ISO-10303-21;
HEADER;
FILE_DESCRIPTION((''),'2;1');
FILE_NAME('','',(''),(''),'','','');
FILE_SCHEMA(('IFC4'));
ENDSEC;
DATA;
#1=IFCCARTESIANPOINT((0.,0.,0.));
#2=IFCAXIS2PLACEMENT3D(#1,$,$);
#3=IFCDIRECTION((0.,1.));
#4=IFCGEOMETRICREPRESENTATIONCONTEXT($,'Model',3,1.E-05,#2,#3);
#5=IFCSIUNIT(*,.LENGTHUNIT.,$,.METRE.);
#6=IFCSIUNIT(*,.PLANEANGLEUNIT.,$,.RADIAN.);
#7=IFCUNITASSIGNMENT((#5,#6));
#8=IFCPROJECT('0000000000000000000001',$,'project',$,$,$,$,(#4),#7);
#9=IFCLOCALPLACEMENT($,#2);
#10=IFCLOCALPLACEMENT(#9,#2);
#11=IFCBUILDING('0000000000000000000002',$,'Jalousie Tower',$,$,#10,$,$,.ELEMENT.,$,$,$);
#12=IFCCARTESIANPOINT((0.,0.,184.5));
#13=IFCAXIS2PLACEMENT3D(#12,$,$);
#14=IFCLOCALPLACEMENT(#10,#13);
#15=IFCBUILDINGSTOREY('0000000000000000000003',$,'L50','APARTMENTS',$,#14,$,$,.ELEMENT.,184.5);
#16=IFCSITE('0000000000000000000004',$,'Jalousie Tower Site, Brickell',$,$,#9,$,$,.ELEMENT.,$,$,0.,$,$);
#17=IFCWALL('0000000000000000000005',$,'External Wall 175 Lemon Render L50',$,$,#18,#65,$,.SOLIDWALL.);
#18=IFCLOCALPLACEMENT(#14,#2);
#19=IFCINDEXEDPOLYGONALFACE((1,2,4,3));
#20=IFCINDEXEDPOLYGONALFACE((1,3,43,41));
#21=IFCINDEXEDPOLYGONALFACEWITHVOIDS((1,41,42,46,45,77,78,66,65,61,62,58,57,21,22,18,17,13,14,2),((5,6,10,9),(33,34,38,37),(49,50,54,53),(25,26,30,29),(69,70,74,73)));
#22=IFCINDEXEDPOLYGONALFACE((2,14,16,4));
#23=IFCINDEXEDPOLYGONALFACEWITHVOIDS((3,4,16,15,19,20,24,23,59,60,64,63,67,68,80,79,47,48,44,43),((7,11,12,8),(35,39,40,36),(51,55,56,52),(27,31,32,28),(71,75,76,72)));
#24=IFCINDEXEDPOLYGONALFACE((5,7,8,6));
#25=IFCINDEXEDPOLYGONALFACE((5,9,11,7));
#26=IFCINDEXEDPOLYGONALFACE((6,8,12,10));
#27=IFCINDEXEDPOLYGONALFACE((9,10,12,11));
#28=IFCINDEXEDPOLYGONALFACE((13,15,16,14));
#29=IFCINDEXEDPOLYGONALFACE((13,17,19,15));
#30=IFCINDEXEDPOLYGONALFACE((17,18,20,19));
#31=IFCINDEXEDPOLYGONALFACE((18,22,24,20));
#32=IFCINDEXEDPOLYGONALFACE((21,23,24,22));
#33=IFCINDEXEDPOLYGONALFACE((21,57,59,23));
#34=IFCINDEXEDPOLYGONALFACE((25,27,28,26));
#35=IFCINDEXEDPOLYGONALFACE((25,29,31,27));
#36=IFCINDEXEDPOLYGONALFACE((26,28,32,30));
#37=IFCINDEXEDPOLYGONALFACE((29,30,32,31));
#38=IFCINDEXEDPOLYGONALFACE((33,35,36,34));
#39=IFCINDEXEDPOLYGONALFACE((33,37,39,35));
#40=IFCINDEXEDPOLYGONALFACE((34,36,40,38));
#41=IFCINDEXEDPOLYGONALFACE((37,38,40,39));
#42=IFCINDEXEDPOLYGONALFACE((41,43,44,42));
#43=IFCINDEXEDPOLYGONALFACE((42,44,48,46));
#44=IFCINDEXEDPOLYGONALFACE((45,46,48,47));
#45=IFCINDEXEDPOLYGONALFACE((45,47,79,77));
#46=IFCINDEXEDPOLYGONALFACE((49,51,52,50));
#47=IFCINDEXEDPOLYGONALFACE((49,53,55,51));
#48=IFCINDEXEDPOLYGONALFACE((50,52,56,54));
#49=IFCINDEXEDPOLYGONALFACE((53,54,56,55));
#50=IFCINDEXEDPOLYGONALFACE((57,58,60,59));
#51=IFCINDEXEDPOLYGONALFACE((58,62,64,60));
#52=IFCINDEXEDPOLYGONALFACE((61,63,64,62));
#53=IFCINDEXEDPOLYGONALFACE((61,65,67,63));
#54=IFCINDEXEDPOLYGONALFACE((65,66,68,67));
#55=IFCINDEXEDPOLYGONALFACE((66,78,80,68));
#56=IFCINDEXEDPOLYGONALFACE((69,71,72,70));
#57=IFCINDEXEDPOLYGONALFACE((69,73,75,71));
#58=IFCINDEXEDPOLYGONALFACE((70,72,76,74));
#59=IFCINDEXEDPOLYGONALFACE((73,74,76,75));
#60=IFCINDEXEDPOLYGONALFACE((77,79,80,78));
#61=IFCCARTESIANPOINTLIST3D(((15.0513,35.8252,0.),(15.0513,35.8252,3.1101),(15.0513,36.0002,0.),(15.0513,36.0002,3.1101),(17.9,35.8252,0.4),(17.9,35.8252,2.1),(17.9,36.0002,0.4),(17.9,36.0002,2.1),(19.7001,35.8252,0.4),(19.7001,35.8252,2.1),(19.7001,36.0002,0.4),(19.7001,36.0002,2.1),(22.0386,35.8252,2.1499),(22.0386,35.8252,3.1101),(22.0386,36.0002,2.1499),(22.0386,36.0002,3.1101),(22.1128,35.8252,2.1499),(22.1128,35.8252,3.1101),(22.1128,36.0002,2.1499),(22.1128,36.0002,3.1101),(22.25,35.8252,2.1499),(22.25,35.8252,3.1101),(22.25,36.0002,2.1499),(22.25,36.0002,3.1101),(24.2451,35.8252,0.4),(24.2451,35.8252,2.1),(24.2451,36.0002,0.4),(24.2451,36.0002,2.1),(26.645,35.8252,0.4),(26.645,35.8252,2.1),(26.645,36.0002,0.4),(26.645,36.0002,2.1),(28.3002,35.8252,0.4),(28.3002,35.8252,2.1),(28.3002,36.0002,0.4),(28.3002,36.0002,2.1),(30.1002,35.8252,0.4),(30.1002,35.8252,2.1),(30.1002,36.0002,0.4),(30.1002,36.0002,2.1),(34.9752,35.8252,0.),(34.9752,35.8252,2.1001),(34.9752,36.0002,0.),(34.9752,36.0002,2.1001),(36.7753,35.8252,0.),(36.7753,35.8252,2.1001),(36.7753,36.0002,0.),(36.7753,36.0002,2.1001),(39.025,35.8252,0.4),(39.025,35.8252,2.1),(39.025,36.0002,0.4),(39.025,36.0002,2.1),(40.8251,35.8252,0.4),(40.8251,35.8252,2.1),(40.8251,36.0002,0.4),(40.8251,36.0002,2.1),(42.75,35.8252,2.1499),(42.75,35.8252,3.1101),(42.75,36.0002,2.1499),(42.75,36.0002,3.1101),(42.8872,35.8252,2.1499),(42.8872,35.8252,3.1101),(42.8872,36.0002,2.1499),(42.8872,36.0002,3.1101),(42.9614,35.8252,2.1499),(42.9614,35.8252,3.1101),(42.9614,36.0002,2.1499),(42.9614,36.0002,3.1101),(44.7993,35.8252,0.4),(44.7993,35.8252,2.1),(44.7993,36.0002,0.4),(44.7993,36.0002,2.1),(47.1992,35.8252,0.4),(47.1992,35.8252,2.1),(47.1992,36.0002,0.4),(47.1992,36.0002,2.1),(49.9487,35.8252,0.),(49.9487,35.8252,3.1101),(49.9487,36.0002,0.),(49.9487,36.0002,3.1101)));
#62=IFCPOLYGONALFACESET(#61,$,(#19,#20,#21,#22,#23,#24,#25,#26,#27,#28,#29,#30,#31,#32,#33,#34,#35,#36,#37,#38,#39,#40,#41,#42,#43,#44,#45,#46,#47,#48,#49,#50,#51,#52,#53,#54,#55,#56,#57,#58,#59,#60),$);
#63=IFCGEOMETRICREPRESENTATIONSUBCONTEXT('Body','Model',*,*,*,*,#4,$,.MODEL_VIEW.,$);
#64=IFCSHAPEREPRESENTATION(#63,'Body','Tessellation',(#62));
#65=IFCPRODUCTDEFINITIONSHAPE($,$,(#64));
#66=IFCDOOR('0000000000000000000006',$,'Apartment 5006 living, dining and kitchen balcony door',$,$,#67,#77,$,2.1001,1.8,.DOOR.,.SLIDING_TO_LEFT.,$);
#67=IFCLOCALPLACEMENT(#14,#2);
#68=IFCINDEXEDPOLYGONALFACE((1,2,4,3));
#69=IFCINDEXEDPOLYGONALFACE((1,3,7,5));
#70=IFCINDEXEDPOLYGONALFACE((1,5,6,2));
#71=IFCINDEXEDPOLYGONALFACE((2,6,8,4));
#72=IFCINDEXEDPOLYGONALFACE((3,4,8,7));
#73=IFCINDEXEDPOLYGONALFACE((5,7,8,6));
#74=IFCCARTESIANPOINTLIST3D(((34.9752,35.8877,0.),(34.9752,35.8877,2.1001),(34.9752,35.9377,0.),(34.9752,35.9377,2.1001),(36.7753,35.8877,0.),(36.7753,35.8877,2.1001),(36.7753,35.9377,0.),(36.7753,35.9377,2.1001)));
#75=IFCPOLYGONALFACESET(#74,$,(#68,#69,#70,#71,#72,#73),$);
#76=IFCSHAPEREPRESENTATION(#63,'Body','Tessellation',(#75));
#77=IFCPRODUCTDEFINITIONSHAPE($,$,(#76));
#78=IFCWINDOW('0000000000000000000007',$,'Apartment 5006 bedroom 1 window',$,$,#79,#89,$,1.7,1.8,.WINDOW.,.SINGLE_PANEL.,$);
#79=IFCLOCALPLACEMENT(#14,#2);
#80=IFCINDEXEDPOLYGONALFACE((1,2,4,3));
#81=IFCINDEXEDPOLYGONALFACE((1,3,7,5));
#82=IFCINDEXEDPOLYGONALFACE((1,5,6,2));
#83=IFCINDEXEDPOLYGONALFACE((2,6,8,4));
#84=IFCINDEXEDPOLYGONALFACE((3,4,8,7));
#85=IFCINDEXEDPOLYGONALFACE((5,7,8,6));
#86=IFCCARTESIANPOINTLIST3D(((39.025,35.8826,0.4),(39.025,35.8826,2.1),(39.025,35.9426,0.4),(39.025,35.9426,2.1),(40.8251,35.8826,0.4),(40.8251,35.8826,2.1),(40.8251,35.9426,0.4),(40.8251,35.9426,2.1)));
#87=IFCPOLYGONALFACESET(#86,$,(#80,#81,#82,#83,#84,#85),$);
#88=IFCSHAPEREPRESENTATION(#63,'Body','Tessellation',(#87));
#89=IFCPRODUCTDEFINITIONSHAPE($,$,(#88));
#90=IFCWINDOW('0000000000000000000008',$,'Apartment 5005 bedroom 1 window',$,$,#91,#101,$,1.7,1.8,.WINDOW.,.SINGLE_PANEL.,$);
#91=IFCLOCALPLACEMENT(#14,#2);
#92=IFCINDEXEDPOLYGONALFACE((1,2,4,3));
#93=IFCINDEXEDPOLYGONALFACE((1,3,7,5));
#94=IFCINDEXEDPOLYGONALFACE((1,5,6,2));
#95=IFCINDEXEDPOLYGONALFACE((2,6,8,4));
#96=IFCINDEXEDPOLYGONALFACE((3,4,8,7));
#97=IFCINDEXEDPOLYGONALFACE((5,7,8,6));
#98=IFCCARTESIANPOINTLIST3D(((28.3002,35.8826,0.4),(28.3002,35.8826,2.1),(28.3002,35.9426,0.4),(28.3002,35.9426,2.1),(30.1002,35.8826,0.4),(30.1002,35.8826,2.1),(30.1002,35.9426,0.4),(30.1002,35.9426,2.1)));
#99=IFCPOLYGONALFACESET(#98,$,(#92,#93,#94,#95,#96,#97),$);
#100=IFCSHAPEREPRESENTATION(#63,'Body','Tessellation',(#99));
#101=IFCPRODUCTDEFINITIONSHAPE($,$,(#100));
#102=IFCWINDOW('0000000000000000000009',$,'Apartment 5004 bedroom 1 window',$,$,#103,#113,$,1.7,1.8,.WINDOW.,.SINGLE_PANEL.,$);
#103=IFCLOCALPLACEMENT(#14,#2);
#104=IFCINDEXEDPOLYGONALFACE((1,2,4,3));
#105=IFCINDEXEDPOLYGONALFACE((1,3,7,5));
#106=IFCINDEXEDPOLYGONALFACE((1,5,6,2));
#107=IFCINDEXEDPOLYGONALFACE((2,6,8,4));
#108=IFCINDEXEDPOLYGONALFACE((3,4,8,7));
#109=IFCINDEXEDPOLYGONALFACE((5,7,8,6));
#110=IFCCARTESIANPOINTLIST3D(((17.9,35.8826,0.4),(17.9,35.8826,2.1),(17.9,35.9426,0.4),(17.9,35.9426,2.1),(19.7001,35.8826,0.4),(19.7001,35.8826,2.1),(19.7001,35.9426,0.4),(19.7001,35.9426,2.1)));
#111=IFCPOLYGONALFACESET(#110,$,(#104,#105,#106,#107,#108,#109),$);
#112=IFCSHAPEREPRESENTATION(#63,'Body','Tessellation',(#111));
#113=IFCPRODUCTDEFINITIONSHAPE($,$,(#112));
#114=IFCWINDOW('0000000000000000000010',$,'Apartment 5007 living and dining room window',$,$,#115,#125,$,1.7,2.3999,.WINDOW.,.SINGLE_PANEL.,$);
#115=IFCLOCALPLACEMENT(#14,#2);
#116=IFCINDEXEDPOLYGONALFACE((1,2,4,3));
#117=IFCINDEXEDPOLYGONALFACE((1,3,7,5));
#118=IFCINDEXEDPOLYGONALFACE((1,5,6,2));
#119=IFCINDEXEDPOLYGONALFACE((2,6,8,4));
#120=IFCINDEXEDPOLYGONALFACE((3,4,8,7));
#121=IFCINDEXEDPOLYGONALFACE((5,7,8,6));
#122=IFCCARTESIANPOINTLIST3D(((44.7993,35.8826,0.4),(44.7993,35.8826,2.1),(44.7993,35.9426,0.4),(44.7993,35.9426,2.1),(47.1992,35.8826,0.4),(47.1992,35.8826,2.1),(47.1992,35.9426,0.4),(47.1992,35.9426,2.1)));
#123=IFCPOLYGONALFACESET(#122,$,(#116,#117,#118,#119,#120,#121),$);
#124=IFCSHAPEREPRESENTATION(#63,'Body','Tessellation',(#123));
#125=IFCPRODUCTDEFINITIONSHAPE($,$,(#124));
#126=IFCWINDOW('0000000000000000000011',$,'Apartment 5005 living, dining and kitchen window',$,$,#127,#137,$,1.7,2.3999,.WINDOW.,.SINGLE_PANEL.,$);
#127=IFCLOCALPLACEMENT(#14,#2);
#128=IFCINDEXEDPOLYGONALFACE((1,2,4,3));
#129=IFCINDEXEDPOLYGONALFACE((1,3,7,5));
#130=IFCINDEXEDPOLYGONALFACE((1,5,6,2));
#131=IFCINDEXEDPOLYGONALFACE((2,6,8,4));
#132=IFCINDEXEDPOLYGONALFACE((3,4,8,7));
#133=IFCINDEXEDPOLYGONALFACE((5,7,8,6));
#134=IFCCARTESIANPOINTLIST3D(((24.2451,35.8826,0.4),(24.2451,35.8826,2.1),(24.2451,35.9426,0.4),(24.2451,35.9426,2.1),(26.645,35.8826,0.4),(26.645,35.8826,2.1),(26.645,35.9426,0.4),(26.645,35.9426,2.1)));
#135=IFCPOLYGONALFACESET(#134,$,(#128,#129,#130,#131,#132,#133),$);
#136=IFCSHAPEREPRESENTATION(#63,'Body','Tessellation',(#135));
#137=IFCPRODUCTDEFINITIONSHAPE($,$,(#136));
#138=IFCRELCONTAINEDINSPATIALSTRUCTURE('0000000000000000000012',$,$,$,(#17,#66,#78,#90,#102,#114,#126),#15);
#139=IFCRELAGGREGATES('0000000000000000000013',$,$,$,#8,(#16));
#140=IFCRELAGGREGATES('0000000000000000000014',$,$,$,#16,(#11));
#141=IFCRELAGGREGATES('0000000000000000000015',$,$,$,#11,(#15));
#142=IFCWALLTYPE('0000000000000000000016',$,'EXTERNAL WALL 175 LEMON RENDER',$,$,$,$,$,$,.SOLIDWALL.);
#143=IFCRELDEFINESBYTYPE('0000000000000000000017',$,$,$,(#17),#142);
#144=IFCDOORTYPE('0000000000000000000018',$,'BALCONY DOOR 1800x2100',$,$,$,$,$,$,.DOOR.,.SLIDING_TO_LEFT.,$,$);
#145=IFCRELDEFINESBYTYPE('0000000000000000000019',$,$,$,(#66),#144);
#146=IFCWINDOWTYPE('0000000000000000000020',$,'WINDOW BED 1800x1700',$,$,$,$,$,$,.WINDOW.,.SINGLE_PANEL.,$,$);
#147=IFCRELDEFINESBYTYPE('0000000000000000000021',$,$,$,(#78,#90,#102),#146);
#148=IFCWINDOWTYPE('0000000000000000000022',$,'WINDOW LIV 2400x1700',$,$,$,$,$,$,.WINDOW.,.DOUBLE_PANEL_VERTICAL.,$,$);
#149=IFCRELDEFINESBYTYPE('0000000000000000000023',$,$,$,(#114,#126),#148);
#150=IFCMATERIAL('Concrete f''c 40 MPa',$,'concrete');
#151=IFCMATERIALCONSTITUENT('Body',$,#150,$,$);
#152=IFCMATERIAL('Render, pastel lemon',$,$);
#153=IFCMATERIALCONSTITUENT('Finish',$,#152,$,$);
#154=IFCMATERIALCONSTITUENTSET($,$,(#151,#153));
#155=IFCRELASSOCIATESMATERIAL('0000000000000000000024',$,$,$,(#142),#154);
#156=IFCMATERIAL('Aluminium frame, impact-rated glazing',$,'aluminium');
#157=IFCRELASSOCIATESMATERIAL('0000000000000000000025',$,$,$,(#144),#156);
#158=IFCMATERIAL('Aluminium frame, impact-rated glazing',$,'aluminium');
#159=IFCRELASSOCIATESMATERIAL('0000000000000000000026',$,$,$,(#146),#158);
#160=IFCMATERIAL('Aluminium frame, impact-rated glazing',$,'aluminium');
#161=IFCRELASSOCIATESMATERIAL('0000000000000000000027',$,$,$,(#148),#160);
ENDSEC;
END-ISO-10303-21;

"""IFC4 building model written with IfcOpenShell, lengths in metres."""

from ifc_helpers import new_model, si_unit, direction, frame, frame_2d, origin, place, context, subcontext, project, spatial, polyline, rectangle, outline, extrude, material, constituent, constituent_set, type_object, element, fill, save


model = new_model("IFC4")

# Units and contexts
model_context = context("Model", 3, precision=1e-05, world=origin(), true_north=direction((0.0, 1.0)))
body_context = subcontext(model_context, "Body", "Model", "MODEL_VIEW")
ifc_project = project(units=[si_unit("LENGTHUNIT", "METRE"), si_unit("PLANEANGLEUNIT", "RADIAN")], contexts=[model_context])

# Site, building, storey
site_placement = place(None, origin())
site = spatial("IfcSite", under=ifc_project, at=site_placement, Name="Jalousie Tower Site, Brickell", CompositionType="ELEMENT", RefElevation=0.0)
building_placement = place(site_placement, origin())
building = spatial("IfcBuilding", under=site, at=building_placement, Name="Jalousie Tower", CompositionType="ELEMENT")
storey_placement = place(building_placement, frame((0.0, 0.0, 184.5)))
storey = spatial("IfcBuildingStorey", under=building, at=storey_placement, Name="L50", Description="APARTMENTS", CompositionType="ELEMENT", Elevation=184.5)

# Wall, openings, door, windows
ifc_material_1 = material(Name="Concrete f'c 40 MPa", Category="concrete")
ifc_constituent_1 = constituent(ifc_material_1, Name="Body")
ifc_material_2 = material(Name="Render, pastel lemon")
ifc_constituent_2 = constituent(ifc_material_2, Name="Finish")
ifc_constituent_set_1 = constituent_set(constituents=[ifc_constituent_1, ifc_constituent_2])
wall_type_1 = type_object("IfcWallType", Name="EXTERNAL WALL 175 LEMON RENDER", PredefinedType="SOLIDWALL", material=ifc_constituent_set_1)
wall_1_placement = place(storey_placement, frame((49.9487, 35.9126, 0.0), z_axis=(0.0, 0.0, 1.0), x_axis=(-1.0, 0.0, 0.0)))
wall_1 = element("IfcWall", 1, at=wall_1_placement, inside=storey, type_object=wall_type_1, Name="External Wall 175 Lemon Render L50", PredefinedType="SOLIDWALL", context=body_context, shape_type="SweptSolid", body=[
    extrude(outline(polyline([(0.0, 0.0), (34.8975, 0.0), (34.8975, 3.1101), (27.9102, 3.1101), (27.9102, 2.1499), (27.8359, 2.1499), (27.8359, 3.1101), (27.6987, 3.1101), (27.6987, 2.1499), (7.1987, 2.1499), (7.1987, 3.1101), (7.0615, 3.1101), (7.0615, 2.1499), (6.9873, 2.1499), (6.9873, 3.1101), (0.0, 3.1101), (0.0, 0.0)])), frame((0.0, 0.0874, 0.0), z_axis=(0.0, -1.0, 0.0), x_axis=(1.0, 0.0, 0.0)), (0.0, 0.0, 1.0), 0.175),
])
opening_1_placement = place(wall_1_placement, frame((2.7495, 0.0, 0.3999)))
opening_1 = element("IfcOpeningElement", 2, at=opening_1_placement, cuts=wall_1, PredefinedType="OPENING", context=body_context, shape_type="SweptSolid", body=[
    extrude(rectangle(XDim=2.3999, YDim=1.7, at=frame_2d((1.2, 0.8501))), frame((0.0, 0.0974, 0.0), z_axis=(0.0, -1.0, 0.0), x_axis=(1.0, 0.0, 0.0)), (0.0, 0.0, 1.0), 0.1951),
])
opening_2_placement = place(wall_1_placement, frame((9.1238, 0.0, 0.3999)))
opening_2 = element("IfcOpeningElement", 3, at=opening_2_placement, cuts=wall_1, PredefinedType="OPENING", context=body_context, shape_type="SweptSolid", body=[
    extrude(rectangle(XDim=1.8, YDim=1.7, at=frame_2d((0.8999, 0.8501))), frame((0.0, 0.0974, 0.0), z_axis=(0.0, -1.0, 0.0), x_axis=(1.0, 0.0, 0.0)), (0.0, 0.0, 1.0), 0.1951),
])
opening_3_placement = place(wall_1_placement, frame((13.1736, 0.0, 0.0)))
opening_3 = element("IfcOpeningElement", 4, at=opening_3_placement, cuts=wall_1, PredefinedType="OPENING", context=body_context, shape_type="SweptSolid", body=[
    extrude(rectangle(XDim=1.8, YDim=2.1001, at=frame_2d((0.8999, 1.05))), frame((0.0, 0.0974, 0.0), z_axis=(0.0, -1.0, 0.0), x_axis=(1.0, 0.0, 0.0)), (0.0, 0.0, 1.0), 0.1951),
])
opening_4_placement = place(wall_1_placement, frame((19.8486, 0.0, 0.3999)))
opening_4 = element("IfcOpeningElement", 5, at=opening_4_placement, cuts=wall_1, PredefinedType="OPENING", context=body_context, shape_type="SweptSolid", body=[
    extrude(rectangle(XDim=1.8, YDim=1.7, at=frame_2d((0.8999, 0.8501))), frame((0.0, 0.0974, 0.0), z_axis=(0.0, -1.0, 0.0), x_axis=(1.0, 0.0, 0.0)), (0.0, 0.0, 1.0), 0.1951),
])
opening_5_placement = place(wall_1_placement, frame((23.3037, 0.0, 0.3999)))
opening_5 = element("IfcOpeningElement", 6, at=opening_5_placement, cuts=wall_1, PredefinedType="OPENING", context=body_context, shape_type="SweptSolid", body=[
    extrude(rectangle(XDim=2.3999, YDim=1.7, at=frame_2d((1.2, 0.8501))), frame((0.0, 0.0974, 0.0), z_axis=(0.0, -1.0, 0.0), x_axis=(1.0, 0.0, 0.0)), (0.0, 0.0, 1.0), 0.1951),
])
opening_6_placement = place(wall_1_placement, frame((30.2488, 0.0, 0.3999)))
opening_6 = element("IfcOpeningElement", 7, at=opening_6_placement, cuts=wall_1, PredefinedType="OPENING", context=body_context, shape_type="SweptSolid", body=[
    extrude(rectangle(XDim=1.8, YDim=1.7, at=frame_2d((0.8999, 0.8501))), frame((0.0, 0.0974, 0.0), z_axis=(0.0, -1.0, 0.0), x_axis=(1.0, 0.0, 0.0)), (0.0, 0.0, 1.0), 0.1951),
])
ifc_material_3 = material(Name="Aluminium frame, impact-rated glazing", Category="aluminium")
door_type_1 = type_object("IfcDoorType", Name="BALCONY DOOR 1800x2100", OperationType="SLIDING_TO_LEFT", PredefinedType="DOOR", material=ifc_material_3)
door_1_placement = place(opening_3_placement, origin())
door_1 = element("IfcDoor", 8, at=door_1_placement, inside=storey, type_object=door_type_1, Name="Apartment 5006 living, dining and kitchen balcony door", OperationType="SLIDING_TO_LEFT", OverallHeight=2.1001, OverallWidth=1.8, PredefinedType="DOOR", context=body_context, shape_type="SweptSolid", body=[
    extrude(rectangle(XDim=1.8, YDim=2.1001, at=frame_2d((0.8999, 1.05))), frame((0.0, 0.0249, 0.0), z_axis=(0.0, -1.0, 0.0), x_axis=(1.0, 0.0, 0.0)), (0.0, 0.0, 1.0), 0.05),
])
fill(opening_3, door_1)
ifc_material_4 = material(Name="Aluminium frame, impact-rated glazing", Category="aluminium")
window_type_1 = type_object("IfcWindowType", Name="WINDOW BED 1800x1700", PartitioningType="SINGLE_PANEL", PredefinedType="WINDOW", material=ifc_material_4)
window_1_placement = place(opening_2_placement, origin())
window_1 = element("IfcWindow", 9, at=window_1_placement, inside=storey, type_object=window_type_1, Name="Apartment 5006 bedroom 1 window", OverallHeight=1.7, OverallWidth=1.8, PartitioningType="SINGLE_PANEL", PredefinedType="WINDOW", context=body_context, shape_type="SweptSolid", body=[
    extrude(rectangle(XDim=1.8, YDim=1.7, at=frame_2d((0.8999, 0.8501))), frame((0.0, 0.03, 0.0), z_axis=(0.0, -1.0, 0.0), x_axis=(1.0, 0.0, 0.0)), (0.0, 0.0, 1.0), 0.0601),
])
fill(opening_2, window_1)
window_2_placement = place(opening_4_placement, origin())
window_2 = element("IfcWindow", 10, at=window_2_placement, inside=storey, type_object=window_type_1, Name="Apartment 5005 bedroom 1 window", OverallHeight=1.7, OverallWidth=1.8, PartitioningType="SINGLE_PANEL", PredefinedType="WINDOW", context=body_context, shape_type="SweptSolid", body=[
    extrude(rectangle(XDim=1.8, YDim=1.7, at=frame_2d((0.8999, 0.8501))), frame((0.0, 0.03, 0.0), z_axis=(0.0, -1.0, 0.0), x_axis=(1.0, 0.0, 0.0)), (0.0, 0.0, 1.0), 0.0601),
])
fill(opening_4, window_2)
window_3_placement = place(opening_6_placement, origin())
window_3 = element("IfcWindow", 11, at=window_3_placement, inside=storey, type_object=window_type_1, Name="Apartment 5004 bedroom 1 window", OverallHeight=1.7, OverallWidth=1.8, PartitioningType="SINGLE_PANEL", PredefinedType="WINDOW", context=body_context, shape_type="SweptSolid", body=[
    extrude(rectangle(XDim=1.8, YDim=1.7, at=frame_2d((0.8999, 0.8501))), frame((0.0, 0.03, 0.0), z_axis=(0.0, -1.0, 0.0), x_axis=(1.0, 0.0, 0.0)), (0.0, 0.0, 1.0), 0.0601),
])
fill(opening_6, window_3)
ifc_material_5 = material(Name="Aluminium frame, impact-rated glazing", Category="aluminium")
window_type_2 = type_object("IfcWindowType", Name="WINDOW LIV 2400x1700", PartitioningType="DOUBLE_PANEL_VERTICAL", PredefinedType="WINDOW", material=ifc_material_5)
window_4_placement = place(opening_1_placement, origin())
window_4 = element("IfcWindow", 12, at=window_4_placement, inside=storey, type_object=window_type_2, Name="Apartment 5007 living and dining room window", OverallHeight=1.7, OverallWidth=2.3999, PartitioningType="SINGLE_PANEL", PredefinedType="WINDOW", context=body_context, shape_type="SweptSolid", body=[
    extrude(rectangle(XDim=2.3999, YDim=1.7, at=frame_2d((1.2, 0.8501))), frame((0.0, 0.03, 0.0), z_axis=(0.0, -1.0, 0.0), x_axis=(1.0, 0.0, 0.0)), (0.0, 0.0, 1.0), 0.0601),
])
fill(opening_1, window_4)
window_5_placement = place(opening_5_placement, origin())
window_5 = element("IfcWindow", 13, at=window_5_placement, inside=storey, type_object=window_type_2, Name="Apartment 5005 living, dining and kitchen window", OverallHeight=1.7, OverallWidth=2.3999, PartitioningType="SINGLE_PANEL", PredefinedType="WINDOW", context=body_context, shape_type="SweptSolid", body=[
    extrude(rectangle(XDim=2.3999, YDim=1.7, at=frame_2d((1.2, 0.8501))), frame((0.0, 0.03, 0.0), z_axis=(0.0, -1.0, 0.0), x_axis=(1.0, 0.0, 0.0)), (0.0, 0.0, 1.0), 0.0601),
])
fill(opening_5, window_5)

save(model, "model.ifc")
